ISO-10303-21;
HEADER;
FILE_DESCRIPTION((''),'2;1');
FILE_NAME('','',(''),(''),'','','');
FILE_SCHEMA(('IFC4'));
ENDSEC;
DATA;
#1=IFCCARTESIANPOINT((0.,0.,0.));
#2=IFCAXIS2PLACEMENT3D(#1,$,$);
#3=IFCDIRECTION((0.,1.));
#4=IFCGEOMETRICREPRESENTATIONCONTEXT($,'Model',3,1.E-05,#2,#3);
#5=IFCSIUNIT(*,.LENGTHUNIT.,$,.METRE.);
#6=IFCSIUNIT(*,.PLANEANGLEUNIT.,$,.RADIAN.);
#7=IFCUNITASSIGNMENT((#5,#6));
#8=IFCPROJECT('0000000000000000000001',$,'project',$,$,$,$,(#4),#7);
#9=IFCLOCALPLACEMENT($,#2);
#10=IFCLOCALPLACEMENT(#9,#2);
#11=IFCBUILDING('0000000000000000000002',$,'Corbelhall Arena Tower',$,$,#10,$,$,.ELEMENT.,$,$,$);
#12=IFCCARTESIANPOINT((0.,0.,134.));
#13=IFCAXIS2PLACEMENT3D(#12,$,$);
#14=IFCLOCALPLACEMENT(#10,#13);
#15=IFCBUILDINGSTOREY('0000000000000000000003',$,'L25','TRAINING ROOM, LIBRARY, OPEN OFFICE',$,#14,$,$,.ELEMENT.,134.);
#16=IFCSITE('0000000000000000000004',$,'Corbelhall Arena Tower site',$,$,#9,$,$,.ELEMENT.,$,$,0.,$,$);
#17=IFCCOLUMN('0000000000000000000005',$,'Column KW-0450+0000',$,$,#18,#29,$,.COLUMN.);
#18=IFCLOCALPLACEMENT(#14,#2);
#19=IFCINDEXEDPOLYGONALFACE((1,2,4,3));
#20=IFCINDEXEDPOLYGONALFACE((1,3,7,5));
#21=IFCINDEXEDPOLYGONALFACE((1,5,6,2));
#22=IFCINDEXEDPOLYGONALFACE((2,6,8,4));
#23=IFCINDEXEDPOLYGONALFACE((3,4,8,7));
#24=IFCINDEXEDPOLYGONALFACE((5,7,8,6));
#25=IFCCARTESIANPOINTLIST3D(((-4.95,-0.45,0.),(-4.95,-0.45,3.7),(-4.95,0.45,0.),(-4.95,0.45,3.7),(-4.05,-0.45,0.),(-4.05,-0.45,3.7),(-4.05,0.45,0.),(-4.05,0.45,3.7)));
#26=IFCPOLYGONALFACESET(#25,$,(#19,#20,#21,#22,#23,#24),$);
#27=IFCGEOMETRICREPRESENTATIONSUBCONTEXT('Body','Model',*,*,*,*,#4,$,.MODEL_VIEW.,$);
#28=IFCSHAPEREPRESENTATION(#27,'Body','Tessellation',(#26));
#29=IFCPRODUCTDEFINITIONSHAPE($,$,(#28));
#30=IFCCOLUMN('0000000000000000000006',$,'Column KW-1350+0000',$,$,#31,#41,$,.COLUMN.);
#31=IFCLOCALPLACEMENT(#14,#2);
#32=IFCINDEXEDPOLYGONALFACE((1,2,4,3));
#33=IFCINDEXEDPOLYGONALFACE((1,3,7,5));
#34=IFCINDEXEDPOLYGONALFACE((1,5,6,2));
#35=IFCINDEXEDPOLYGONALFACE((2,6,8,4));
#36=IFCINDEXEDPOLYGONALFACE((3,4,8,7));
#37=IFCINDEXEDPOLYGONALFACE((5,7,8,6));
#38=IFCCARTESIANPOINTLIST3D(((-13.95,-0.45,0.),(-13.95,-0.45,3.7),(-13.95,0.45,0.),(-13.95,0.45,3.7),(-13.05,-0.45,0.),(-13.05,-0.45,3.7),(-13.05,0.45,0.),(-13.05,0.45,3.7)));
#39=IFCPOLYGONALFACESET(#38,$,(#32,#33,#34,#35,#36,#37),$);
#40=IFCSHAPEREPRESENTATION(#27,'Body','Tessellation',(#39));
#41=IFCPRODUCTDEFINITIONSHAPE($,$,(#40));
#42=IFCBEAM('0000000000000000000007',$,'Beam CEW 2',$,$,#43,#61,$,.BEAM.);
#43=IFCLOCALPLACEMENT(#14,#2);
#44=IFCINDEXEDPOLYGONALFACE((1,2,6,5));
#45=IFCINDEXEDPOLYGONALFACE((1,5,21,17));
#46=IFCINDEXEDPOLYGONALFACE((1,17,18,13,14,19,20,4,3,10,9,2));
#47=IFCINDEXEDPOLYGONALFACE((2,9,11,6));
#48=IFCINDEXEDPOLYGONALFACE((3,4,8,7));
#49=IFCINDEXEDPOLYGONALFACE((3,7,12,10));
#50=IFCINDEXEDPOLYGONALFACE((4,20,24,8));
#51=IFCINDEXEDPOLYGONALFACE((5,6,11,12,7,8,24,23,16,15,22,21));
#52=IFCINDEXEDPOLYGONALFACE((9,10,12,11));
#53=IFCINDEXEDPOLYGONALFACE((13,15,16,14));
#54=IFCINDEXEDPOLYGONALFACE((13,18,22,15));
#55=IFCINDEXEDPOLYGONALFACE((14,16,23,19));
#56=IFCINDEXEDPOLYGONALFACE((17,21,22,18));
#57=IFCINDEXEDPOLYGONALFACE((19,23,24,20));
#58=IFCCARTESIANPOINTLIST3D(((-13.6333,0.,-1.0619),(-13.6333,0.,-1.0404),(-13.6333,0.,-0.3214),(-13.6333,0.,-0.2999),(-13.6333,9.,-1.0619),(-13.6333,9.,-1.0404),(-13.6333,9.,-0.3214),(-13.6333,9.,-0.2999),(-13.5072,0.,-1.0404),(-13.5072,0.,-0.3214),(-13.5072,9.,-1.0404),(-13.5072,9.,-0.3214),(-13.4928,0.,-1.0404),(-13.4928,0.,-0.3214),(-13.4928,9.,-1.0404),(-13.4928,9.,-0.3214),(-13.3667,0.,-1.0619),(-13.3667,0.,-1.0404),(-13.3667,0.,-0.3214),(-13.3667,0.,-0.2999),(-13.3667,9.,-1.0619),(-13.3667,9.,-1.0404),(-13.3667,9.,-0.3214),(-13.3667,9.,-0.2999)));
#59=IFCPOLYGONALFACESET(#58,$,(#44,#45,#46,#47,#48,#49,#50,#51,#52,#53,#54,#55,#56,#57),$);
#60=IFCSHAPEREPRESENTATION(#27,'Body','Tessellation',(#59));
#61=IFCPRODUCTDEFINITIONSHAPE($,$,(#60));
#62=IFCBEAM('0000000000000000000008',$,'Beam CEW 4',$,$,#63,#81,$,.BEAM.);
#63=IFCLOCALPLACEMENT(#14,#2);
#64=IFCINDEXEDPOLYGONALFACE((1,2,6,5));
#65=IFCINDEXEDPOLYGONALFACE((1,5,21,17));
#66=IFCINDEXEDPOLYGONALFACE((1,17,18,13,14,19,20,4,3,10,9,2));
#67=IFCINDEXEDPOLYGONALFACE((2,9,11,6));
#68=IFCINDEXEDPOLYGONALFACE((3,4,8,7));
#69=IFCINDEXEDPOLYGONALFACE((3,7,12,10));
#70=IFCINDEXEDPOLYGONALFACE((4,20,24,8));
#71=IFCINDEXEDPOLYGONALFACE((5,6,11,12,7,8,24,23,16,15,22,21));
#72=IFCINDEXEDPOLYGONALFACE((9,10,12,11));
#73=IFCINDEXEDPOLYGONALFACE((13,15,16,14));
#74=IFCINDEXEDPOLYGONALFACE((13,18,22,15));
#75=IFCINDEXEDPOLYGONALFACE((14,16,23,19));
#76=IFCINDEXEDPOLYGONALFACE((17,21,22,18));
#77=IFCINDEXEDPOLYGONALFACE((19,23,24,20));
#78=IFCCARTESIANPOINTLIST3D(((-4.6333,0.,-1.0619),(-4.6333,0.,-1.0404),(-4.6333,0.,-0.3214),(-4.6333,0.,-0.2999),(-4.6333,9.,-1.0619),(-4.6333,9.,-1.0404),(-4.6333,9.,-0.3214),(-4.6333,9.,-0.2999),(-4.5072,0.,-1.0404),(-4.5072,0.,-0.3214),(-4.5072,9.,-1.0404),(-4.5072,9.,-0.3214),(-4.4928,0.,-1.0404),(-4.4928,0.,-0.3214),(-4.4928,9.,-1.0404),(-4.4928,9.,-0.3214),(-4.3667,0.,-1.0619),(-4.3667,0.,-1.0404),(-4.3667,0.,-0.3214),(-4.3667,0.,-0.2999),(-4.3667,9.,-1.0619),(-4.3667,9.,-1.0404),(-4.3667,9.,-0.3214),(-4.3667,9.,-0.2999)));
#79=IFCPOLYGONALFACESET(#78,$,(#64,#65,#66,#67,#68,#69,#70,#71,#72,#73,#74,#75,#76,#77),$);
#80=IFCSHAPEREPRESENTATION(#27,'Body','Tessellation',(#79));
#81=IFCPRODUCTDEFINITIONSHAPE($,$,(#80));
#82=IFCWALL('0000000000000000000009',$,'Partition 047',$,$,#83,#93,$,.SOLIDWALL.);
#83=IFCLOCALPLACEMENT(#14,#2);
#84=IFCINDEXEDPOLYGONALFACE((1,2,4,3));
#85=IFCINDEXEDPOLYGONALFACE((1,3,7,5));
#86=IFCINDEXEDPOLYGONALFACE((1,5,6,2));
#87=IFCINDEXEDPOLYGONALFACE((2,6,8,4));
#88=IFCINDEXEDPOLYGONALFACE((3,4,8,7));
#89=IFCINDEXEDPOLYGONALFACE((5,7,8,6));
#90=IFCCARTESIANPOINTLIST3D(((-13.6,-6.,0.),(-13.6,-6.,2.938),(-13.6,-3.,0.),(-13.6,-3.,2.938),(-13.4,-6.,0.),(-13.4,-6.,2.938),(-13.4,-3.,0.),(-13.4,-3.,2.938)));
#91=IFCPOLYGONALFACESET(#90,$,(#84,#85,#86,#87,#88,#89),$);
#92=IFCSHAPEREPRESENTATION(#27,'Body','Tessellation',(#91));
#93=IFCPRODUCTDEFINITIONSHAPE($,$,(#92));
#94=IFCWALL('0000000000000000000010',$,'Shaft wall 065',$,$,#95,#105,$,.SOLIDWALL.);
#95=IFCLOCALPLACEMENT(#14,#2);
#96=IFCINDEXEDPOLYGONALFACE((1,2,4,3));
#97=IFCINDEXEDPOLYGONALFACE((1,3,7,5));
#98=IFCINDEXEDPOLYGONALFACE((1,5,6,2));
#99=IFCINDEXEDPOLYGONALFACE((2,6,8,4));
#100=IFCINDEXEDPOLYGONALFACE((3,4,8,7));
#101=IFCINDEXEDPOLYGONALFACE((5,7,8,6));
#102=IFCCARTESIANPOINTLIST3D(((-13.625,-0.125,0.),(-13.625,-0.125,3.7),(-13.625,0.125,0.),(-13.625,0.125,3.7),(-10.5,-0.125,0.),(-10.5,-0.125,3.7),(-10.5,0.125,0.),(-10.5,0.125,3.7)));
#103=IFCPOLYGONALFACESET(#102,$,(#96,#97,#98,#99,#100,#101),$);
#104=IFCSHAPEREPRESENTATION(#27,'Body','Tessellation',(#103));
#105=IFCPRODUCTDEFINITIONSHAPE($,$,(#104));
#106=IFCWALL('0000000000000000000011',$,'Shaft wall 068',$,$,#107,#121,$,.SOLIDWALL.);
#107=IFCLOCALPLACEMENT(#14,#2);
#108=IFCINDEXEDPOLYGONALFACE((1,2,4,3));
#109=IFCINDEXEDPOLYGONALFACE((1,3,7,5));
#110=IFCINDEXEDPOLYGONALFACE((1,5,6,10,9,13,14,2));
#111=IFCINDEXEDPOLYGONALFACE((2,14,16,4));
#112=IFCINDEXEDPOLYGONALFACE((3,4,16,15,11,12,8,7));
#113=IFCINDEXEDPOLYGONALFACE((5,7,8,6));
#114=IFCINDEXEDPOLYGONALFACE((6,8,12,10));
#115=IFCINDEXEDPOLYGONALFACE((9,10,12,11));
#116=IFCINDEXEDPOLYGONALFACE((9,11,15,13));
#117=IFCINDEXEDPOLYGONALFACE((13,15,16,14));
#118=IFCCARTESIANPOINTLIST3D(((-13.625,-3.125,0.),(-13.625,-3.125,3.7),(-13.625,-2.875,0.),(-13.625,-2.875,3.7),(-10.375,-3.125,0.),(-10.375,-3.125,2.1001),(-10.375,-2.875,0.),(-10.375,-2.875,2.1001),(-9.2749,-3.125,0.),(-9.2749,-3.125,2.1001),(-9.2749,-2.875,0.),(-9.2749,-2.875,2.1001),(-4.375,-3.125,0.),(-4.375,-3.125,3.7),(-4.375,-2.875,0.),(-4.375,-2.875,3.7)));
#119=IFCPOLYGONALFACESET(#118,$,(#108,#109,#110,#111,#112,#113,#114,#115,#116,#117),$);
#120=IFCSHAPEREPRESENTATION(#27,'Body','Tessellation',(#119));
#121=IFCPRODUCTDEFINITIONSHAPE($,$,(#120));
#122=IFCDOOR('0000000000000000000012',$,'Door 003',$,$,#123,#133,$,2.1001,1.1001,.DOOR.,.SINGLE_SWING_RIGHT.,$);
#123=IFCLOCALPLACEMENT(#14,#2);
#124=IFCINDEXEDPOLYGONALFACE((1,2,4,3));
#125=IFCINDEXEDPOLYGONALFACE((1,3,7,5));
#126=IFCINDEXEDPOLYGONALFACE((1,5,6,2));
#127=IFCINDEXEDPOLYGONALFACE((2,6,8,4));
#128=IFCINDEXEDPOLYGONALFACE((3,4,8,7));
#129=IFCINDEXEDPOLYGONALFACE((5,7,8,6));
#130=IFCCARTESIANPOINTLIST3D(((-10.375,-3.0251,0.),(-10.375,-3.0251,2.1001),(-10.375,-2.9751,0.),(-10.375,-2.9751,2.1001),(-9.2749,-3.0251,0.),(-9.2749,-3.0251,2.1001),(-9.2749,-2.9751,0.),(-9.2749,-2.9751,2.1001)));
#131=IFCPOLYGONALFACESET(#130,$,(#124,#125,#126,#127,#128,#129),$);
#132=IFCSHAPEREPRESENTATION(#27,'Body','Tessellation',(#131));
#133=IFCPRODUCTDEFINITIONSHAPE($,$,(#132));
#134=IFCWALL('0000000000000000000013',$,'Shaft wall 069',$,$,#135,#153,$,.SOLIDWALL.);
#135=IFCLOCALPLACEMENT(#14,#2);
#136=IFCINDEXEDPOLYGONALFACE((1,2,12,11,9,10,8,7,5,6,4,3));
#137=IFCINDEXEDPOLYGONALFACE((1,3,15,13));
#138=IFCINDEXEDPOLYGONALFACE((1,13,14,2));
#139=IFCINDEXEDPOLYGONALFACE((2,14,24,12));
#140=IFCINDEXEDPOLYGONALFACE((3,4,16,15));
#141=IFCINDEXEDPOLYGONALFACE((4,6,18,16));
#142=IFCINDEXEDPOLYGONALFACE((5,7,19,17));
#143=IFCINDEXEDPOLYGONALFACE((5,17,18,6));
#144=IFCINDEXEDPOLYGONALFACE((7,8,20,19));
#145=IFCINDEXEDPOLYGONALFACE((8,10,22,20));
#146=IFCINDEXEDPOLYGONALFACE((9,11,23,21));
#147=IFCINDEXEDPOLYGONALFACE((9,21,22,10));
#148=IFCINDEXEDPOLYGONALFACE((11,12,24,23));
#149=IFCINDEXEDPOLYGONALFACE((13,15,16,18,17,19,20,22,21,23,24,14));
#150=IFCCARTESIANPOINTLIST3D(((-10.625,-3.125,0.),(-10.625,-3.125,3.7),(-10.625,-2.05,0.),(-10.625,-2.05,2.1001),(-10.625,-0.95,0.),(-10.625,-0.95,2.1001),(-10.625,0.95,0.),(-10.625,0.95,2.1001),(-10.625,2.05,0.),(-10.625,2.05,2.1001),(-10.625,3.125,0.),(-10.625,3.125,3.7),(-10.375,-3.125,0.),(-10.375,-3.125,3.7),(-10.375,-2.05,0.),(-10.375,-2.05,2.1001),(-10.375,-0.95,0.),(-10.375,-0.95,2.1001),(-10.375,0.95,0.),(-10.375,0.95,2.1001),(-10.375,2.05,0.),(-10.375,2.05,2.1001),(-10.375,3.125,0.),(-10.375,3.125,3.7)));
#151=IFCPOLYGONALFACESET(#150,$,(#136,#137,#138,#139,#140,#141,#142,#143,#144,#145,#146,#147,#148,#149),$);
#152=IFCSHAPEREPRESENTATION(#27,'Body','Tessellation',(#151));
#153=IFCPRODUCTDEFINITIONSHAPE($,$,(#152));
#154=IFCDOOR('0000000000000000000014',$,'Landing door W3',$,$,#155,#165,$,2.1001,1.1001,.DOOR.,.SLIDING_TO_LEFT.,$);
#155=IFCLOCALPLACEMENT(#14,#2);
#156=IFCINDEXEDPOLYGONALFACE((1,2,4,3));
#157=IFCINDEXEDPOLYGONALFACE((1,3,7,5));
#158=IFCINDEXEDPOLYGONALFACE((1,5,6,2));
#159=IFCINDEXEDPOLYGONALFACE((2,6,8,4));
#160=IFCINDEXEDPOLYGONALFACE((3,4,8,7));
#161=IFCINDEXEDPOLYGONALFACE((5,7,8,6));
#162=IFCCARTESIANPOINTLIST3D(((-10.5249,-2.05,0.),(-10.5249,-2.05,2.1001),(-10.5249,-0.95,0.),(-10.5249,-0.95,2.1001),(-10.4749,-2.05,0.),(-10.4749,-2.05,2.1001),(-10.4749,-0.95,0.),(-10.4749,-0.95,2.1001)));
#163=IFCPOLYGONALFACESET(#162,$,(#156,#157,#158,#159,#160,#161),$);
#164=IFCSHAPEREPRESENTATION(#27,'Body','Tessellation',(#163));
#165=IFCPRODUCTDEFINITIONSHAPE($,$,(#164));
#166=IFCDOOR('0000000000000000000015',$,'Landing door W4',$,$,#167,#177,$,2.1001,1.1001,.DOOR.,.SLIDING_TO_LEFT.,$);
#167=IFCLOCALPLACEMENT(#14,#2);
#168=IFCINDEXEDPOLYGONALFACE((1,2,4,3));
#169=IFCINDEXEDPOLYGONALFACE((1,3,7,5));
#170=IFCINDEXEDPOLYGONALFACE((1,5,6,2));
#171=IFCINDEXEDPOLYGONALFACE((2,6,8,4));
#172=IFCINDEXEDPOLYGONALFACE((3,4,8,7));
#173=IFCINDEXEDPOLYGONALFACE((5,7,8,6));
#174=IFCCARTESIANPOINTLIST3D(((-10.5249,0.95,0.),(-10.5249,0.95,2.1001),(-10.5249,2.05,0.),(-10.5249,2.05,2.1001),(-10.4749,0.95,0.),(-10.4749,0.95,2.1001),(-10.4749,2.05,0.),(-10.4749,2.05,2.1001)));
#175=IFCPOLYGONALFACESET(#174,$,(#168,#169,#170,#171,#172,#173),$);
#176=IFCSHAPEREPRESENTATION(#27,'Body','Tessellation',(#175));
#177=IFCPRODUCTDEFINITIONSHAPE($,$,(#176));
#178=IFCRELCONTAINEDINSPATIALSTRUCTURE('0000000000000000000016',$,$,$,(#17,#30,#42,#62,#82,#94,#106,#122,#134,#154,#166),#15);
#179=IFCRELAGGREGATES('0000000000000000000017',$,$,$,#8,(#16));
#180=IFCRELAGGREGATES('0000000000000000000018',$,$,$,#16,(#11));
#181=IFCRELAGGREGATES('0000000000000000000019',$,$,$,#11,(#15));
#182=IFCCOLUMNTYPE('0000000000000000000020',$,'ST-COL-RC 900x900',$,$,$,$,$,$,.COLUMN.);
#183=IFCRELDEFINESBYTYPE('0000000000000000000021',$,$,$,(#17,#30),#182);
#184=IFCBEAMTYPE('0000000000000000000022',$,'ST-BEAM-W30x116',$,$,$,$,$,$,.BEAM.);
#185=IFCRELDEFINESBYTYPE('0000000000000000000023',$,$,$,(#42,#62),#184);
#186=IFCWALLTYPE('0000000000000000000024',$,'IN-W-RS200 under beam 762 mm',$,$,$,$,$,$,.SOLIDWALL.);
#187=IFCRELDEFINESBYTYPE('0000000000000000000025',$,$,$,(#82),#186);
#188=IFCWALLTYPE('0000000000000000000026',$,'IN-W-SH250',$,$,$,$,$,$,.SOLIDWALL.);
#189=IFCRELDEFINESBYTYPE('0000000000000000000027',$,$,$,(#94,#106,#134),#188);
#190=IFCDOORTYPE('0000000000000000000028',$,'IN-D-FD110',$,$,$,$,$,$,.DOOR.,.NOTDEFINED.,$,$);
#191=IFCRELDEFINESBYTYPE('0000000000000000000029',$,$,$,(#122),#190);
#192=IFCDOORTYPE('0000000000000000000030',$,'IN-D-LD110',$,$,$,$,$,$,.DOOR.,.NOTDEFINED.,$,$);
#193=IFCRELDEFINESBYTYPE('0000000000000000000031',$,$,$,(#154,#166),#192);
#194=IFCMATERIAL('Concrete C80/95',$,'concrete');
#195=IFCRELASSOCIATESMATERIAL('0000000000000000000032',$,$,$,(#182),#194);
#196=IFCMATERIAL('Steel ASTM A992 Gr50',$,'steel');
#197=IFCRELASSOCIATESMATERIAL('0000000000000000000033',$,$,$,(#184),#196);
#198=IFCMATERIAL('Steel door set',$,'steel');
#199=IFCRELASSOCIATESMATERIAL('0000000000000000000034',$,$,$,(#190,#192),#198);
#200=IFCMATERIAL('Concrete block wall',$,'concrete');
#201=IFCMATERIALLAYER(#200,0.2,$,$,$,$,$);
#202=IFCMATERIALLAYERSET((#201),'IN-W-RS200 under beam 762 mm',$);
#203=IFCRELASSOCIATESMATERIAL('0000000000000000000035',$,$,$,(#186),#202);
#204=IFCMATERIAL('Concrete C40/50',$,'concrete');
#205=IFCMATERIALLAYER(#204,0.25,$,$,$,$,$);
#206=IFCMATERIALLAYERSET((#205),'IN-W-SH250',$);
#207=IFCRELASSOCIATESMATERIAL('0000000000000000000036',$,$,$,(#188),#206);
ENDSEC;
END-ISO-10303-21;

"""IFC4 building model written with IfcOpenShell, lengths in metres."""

from ifc_helpers import new_model, si_unit, direction, frame, frame_2d, origin, origin_2d, place, context, subcontext, project, spatial, rectangle, i_section, extrude, material, layer, layer_set, material_profile, profile_set, type_object, element, fill, save


model = new_model("IFC4")

# Units and contexts
model_context = context("Model", 3, precision=1e-05, world=origin(), true_north=direction((0.0, 1.0)))
body_context = subcontext(model_context, "Body", "Model", "MODEL_VIEW")
ifc_project = project(units=[si_unit("LENGTHUNIT", "METRE"), si_unit("PLANEANGLEUNIT", "RADIAN")], contexts=[model_context])

# Site, building, storey
site_placement = place(None, origin())
site = spatial("IfcSite", under=ifc_project, at=site_placement, Name="Corbelhall Arena Tower site", CompositionType="ELEMENT", RefElevation=0.0)
building_placement = place(site_placement, origin())
building = spatial("IfcBuilding", under=site, at=building_placement, Name="Corbelhall Arena Tower", CompositionType="ELEMENT")
storey_placement = place(building_placement, frame((0.0, 0.0, 134.0)))
storey = spatial("IfcBuildingStorey", under=building, at=storey_placement, Name="L25", Description="TRAINING ROOM, LIBRARY, OPEN OFFICE", CompositionType="ELEMENT", Elevation=134.0)

# Columns
ifc_material_1 = material(Name="Concrete C80/95", Category="concrete")
ifc_material_profile_1 = material_profile(ifc_material_1, rectangle(XDim=0.8999, YDim=0.8999, at=origin_2d()))
ifc_profile_set_1 = profile_set([ifc_material_profile_1], Name="Concrete C80/95")
column_type = type_object("IfcColumnType", Name="ST-COL-RC 900x900", PredefinedType="COLUMN", material=ifc_profile_set_1)
for number, where, z_axis, x_axis, name in (
    (1, (-4.5, 0.0, 0.0), (0.0, 0.0, 1.0), (1.0, 0.0, 0.0), "Column KW-0450+0000"),
    (2, (-13.5, 0.0, 0.0), (0.0, 0.0, 1.0), (1.0, 0.0, 0.0), "Column KW-1350+0000"),
):
    element("IfcColumn", number, at=place(storey_placement, frame(where, z_axis=z_axis, x_axis=x_axis)), inside=storey, type_object=column_type, Name=name, PredefinedType="COLUMN", context=body_context, shape_type="SweptSolid", body=[
        extrude(rectangle(XDim=0.8999, YDim=0.8999, at=origin_2d()), origin(), (0.0, 0.0, 1.0), 3.7),
    ])

# Beams
ifc_material_2 = material(Name="Steel ASTM A992 Gr50", Category="steel")
ifc_material_profile_2 = material_profile(ifc_material_2, i_section(OverallWidth=0.2666, OverallDepth=0.762, WebThickness=0.0144, FlangeThickness=0.0215, at=origin_2d()))
ifc_profile_set_2 = profile_set([ifc_material_profile_2], Name="Steel ASTM A992 Gr50")
beam_type = type_object("IfcBeamType", Name="ST-BEAM-W30x116", PredefinedType="BEAM", material=ifc_profile_set_2)
for number, where, z_axis, x_axis, name in (
    (3, (-13.5, 0.0, -0.6809), (0.0, 1.0, 0.0), (-1.0, 0.0, 0.0), "Beam CEW 2"),
    (4, (-4.5, 0.0, -0.6809), (0.0, 1.0, 0.0), (-1.0, 0.0, 0.0), "Beam CEW 4"),
):
    element("IfcBeam", number, at=place(storey_placement, frame(where, z_axis=z_axis, x_axis=x_axis)), inside=storey, type_object=beam_type, Name=name, PredefinedType="BEAM", context=body_context, shape_type="SweptSolid", body=[
        extrude(i_section(OverallWidth=0.2666, OverallDepth=0.762, WebThickness=0.0144, FlangeThickness=0.0215, at=origin_2d()), origin(), (0.0, 0.0, 1.0), 9.0),
    ])

# Shared definitions
ifc_material_3 = material(Name="Concrete block wall", Category="concrete")
ifc_material_4 = material(Name="Steel door set", Category="steel")
door_type_1 = type_object("IfcDoorType", Name="IN-D-FD110", OperationType="NOTDEFINED", PredefinedType="DOOR", material=ifc_material_4)

# Walls
ifc_layer_1 = layer(ifc_material_3, 0.2)
ifc_layer_set_1 = layer_set([ifc_layer_1], Name="IN-W-RS200 under beam 762 mm")
wall_type_1 = type_object("IfcWallType", Name="IN-W-RS200 under beam 762 mm", PredefinedType="SOLIDWALL", material=ifc_layer_set_1)
wall_1_placement = place(storey_placement, frame((-13.5, -6.0, 0.0), z_axis=(0.0, 0.0, 1.0), x_axis=(0.0, 1.0, 0.0)))
element("IfcWall", 5, at=wall_1_placement, inside=storey, type_object=wall_type_1, Name="Partition 047", PredefinedType="SOLIDWALL", context=body_context, shape_type="SweptSolid", body=[
    extrude(rectangle(XDim=3.0, YDim=0.2, at=frame_2d((1.5, 0.0))), origin(), (0.0, 0.0, 1.0), 2.938),
])
ifc_material_5 = material(Name="Concrete C40/50", Category="concrete")
ifc_layer_2 = layer(ifc_material_5, 0.25)
ifc_layer_set_2 = layer_set([ifc_layer_2], Name="IN-W-SH250")
wall_type_2 = type_object("IfcWallType", Name="IN-W-SH250", PredefinedType="SOLIDWALL", material=ifc_layer_set_2)
wall_2_placement = place(storey_placement, frame((-13.625, 0.0, 0.0), z_axis=(0.0, 0.0, 1.0), x_axis=(1.0, 0.0, 0.0)))
element("IfcWall", 6, at=wall_2_placement, inside=storey, type_object=wall_type_2, Name="Shaft wall 065", PredefinedType="SOLIDWALL", context=body_context, shape_type="SweptSolid", body=[
    extrude(rectangle(XDim=3.125, YDim=0.25, at=frame_2d((1.5625, 0.0))), origin(), (0.0, 0.0, 1.0), 3.7),
])

# Wall, opening, door
wall_3_placement = place(storey_placement, frame((-13.625, -3.0, 0.0), z_axis=(0.0, 0.0, 1.0), x_axis=(1.0, 0.0, 0.0)))
wall_3 = element("IfcWall", 7, at=wall_3_placement, inside=storey, type_object=wall_type_2, Name="Shaft wall 068", PredefinedType="SOLIDWALL", context=body_context, shape_type="SweptSolid", body=[
    extrude(rectangle(XDim=9.25, YDim=0.25, at=frame_2d((4.625, 0.0))), origin(), (0.0, 0.0, 1.0), 3.7),
])
opening_1_placement = place(wall_3_placement, frame((3.25, 0.0, 0.0)))
opening_1 = element("IfcOpeningElement", 8, at=opening_1_placement, cuts=wall_3, PredefinedType="OPENING", context=body_context, shape_type="SweptSolid", body=[
    extrude(rectangle(XDim=1.1001, YDim=2.1001, at=frame_2d((0.55, 1.05))), frame((0.0, 0.125, 0.0), z_axis=(0.0, -1.0, 0.0), x_axis=(1.0, 0.0, 0.0)), (0.0, 0.0, 1.0), 0.25),
])
door_1_placement = place(opening_1_placement, origin())
door_1 = element("IfcDoor", 9, at=door_1_placement, inside=storey, type_object=door_type_1, Name="Door 003", OperationType="SINGLE_SWING_RIGHT", OverallHeight=2.1001, OverallWidth=1.1001, PredefinedType="DOOR", context=body_context, shape_type="SweptSolid", body=[
    extrude(rectangle(XDim=1.1001, YDim=2.1001, at=frame_2d((0.55, 1.05))), frame((0.0, 0.0249, 0.0), z_axis=(0.0, -1.0, 0.0), x_axis=(1.0, 0.0, 0.0)), (0.0, 0.0, 1.0), 0.05),
])
fill(opening_1, door_1)

# Wall, openings, doors
wall_4_placement = place(storey_placement, frame((-10.5, -3.125, 0.0), z_axis=(0.0, 0.0, 1.0), x_axis=(0.0, 1.0, 0.0)))
wall_4 = element("IfcWall", 10, at=wall_4_placement, inside=storey, type_object=wall_type_2, Name="Shaft wall 069", PredefinedType="SOLIDWALL", context=body_context, shape_type="SweptSolid", body=[
    extrude(rectangle(XDim=6.25, YDim=0.25, at=frame_2d((3.125, 0.0))), origin(), (0.0, 0.0, 1.0), 3.7),
])
opening_2_placement = place(wall_4_placement, frame((1.075, 0.0, 0.0)))
opening_2 = element("IfcOpeningElement", 11, at=opening_2_placement, cuts=wall_4, PredefinedType="OPENING", context=body_context, shape_type="SweptSolid", body=[
    extrude(rectangle(XDim=1.1001, YDim=2.1001, at=frame_2d((0.55, 1.05))), frame((0.0, 0.125, 0.0), z_axis=(0.0, -1.0, 0.0), x_axis=(1.0, 0.0, 0.0)), (0.0, 0.0, 1.0), 0.25),
])
opening_3_placement = place(wall_4_placement, frame((4.075, 0.0, 0.0)))
opening_3 = element("IfcOpeningElement", 12, at=opening_3_placement, cuts=wall_4, PredefinedType="OPENING", context=body_context, shape_type="SweptSolid", body=[
    extrude(rectangle(XDim=1.1001, YDim=2.1001, at=frame_2d((0.55, 1.05))), frame((0.0, 0.125, 0.0), z_axis=(0.0, -1.0, 0.0), x_axis=(1.0, 0.0, 0.0)), (0.0, 0.0, 1.0), 0.25),
])
door_type_2 = type_object("IfcDoorType", Name="IN-D-LD110", OperationType="NOTDEFINED", PredefinedType="DOOR", material=ifc_material_4)
door_2_placement = place(opening_2_placement, origin())
door_2 = element("IfcDoor", 13, at=door_2_placement, inside=storey, type_object=door_type_2, Name="Landing door W3", OperationType="SLIDING_TO_LEFT", OverallHeight=2.1001, OverallWidth=1.1001, PredefinedType="DOOR", context=body_context, shape_type="SweptSolid", body=[
    extrude(rectangle(XDim=1.1001, YDim=2.1001, at=frame_2d((0.55, 1.05))), frame((0.0, 0.0249, 0.0), z_axis=(0.0, -1.0, 0.0), x_axis=(1.0, 0.0, 0.0)), (0.0, 0.0, 1.0), 0.05),
])
fill(opening_2, door_2)
door_3_placement = place(opening_3_placement, origin())
door_3 = element("IfcDoor", 14, at=door_3_placement, inside=storey, type_object=door_type_2, Name="Landing door W4", OperationType="SLIDING_TO_LEFT", OverallHeight=2.1001, OverallWidth=1.1001, PredefinedType="DOOR", context=body_context, shape_type="SweptSolid", body=[
    extrude(rectangle(XDim=1.1001, YDim=2.1001, at=frame_2d((0.55, 1.05))), frame((0.0, 0.0249, 0.0), z_axis=(0.0, -1.0, 0.0), x_axis=(1.0, 0.0, 0.0)), (0.0, 0.0, 1.0), 0.05),
])
fill(opening_3, door_3)

save(model, "model.ifc")
